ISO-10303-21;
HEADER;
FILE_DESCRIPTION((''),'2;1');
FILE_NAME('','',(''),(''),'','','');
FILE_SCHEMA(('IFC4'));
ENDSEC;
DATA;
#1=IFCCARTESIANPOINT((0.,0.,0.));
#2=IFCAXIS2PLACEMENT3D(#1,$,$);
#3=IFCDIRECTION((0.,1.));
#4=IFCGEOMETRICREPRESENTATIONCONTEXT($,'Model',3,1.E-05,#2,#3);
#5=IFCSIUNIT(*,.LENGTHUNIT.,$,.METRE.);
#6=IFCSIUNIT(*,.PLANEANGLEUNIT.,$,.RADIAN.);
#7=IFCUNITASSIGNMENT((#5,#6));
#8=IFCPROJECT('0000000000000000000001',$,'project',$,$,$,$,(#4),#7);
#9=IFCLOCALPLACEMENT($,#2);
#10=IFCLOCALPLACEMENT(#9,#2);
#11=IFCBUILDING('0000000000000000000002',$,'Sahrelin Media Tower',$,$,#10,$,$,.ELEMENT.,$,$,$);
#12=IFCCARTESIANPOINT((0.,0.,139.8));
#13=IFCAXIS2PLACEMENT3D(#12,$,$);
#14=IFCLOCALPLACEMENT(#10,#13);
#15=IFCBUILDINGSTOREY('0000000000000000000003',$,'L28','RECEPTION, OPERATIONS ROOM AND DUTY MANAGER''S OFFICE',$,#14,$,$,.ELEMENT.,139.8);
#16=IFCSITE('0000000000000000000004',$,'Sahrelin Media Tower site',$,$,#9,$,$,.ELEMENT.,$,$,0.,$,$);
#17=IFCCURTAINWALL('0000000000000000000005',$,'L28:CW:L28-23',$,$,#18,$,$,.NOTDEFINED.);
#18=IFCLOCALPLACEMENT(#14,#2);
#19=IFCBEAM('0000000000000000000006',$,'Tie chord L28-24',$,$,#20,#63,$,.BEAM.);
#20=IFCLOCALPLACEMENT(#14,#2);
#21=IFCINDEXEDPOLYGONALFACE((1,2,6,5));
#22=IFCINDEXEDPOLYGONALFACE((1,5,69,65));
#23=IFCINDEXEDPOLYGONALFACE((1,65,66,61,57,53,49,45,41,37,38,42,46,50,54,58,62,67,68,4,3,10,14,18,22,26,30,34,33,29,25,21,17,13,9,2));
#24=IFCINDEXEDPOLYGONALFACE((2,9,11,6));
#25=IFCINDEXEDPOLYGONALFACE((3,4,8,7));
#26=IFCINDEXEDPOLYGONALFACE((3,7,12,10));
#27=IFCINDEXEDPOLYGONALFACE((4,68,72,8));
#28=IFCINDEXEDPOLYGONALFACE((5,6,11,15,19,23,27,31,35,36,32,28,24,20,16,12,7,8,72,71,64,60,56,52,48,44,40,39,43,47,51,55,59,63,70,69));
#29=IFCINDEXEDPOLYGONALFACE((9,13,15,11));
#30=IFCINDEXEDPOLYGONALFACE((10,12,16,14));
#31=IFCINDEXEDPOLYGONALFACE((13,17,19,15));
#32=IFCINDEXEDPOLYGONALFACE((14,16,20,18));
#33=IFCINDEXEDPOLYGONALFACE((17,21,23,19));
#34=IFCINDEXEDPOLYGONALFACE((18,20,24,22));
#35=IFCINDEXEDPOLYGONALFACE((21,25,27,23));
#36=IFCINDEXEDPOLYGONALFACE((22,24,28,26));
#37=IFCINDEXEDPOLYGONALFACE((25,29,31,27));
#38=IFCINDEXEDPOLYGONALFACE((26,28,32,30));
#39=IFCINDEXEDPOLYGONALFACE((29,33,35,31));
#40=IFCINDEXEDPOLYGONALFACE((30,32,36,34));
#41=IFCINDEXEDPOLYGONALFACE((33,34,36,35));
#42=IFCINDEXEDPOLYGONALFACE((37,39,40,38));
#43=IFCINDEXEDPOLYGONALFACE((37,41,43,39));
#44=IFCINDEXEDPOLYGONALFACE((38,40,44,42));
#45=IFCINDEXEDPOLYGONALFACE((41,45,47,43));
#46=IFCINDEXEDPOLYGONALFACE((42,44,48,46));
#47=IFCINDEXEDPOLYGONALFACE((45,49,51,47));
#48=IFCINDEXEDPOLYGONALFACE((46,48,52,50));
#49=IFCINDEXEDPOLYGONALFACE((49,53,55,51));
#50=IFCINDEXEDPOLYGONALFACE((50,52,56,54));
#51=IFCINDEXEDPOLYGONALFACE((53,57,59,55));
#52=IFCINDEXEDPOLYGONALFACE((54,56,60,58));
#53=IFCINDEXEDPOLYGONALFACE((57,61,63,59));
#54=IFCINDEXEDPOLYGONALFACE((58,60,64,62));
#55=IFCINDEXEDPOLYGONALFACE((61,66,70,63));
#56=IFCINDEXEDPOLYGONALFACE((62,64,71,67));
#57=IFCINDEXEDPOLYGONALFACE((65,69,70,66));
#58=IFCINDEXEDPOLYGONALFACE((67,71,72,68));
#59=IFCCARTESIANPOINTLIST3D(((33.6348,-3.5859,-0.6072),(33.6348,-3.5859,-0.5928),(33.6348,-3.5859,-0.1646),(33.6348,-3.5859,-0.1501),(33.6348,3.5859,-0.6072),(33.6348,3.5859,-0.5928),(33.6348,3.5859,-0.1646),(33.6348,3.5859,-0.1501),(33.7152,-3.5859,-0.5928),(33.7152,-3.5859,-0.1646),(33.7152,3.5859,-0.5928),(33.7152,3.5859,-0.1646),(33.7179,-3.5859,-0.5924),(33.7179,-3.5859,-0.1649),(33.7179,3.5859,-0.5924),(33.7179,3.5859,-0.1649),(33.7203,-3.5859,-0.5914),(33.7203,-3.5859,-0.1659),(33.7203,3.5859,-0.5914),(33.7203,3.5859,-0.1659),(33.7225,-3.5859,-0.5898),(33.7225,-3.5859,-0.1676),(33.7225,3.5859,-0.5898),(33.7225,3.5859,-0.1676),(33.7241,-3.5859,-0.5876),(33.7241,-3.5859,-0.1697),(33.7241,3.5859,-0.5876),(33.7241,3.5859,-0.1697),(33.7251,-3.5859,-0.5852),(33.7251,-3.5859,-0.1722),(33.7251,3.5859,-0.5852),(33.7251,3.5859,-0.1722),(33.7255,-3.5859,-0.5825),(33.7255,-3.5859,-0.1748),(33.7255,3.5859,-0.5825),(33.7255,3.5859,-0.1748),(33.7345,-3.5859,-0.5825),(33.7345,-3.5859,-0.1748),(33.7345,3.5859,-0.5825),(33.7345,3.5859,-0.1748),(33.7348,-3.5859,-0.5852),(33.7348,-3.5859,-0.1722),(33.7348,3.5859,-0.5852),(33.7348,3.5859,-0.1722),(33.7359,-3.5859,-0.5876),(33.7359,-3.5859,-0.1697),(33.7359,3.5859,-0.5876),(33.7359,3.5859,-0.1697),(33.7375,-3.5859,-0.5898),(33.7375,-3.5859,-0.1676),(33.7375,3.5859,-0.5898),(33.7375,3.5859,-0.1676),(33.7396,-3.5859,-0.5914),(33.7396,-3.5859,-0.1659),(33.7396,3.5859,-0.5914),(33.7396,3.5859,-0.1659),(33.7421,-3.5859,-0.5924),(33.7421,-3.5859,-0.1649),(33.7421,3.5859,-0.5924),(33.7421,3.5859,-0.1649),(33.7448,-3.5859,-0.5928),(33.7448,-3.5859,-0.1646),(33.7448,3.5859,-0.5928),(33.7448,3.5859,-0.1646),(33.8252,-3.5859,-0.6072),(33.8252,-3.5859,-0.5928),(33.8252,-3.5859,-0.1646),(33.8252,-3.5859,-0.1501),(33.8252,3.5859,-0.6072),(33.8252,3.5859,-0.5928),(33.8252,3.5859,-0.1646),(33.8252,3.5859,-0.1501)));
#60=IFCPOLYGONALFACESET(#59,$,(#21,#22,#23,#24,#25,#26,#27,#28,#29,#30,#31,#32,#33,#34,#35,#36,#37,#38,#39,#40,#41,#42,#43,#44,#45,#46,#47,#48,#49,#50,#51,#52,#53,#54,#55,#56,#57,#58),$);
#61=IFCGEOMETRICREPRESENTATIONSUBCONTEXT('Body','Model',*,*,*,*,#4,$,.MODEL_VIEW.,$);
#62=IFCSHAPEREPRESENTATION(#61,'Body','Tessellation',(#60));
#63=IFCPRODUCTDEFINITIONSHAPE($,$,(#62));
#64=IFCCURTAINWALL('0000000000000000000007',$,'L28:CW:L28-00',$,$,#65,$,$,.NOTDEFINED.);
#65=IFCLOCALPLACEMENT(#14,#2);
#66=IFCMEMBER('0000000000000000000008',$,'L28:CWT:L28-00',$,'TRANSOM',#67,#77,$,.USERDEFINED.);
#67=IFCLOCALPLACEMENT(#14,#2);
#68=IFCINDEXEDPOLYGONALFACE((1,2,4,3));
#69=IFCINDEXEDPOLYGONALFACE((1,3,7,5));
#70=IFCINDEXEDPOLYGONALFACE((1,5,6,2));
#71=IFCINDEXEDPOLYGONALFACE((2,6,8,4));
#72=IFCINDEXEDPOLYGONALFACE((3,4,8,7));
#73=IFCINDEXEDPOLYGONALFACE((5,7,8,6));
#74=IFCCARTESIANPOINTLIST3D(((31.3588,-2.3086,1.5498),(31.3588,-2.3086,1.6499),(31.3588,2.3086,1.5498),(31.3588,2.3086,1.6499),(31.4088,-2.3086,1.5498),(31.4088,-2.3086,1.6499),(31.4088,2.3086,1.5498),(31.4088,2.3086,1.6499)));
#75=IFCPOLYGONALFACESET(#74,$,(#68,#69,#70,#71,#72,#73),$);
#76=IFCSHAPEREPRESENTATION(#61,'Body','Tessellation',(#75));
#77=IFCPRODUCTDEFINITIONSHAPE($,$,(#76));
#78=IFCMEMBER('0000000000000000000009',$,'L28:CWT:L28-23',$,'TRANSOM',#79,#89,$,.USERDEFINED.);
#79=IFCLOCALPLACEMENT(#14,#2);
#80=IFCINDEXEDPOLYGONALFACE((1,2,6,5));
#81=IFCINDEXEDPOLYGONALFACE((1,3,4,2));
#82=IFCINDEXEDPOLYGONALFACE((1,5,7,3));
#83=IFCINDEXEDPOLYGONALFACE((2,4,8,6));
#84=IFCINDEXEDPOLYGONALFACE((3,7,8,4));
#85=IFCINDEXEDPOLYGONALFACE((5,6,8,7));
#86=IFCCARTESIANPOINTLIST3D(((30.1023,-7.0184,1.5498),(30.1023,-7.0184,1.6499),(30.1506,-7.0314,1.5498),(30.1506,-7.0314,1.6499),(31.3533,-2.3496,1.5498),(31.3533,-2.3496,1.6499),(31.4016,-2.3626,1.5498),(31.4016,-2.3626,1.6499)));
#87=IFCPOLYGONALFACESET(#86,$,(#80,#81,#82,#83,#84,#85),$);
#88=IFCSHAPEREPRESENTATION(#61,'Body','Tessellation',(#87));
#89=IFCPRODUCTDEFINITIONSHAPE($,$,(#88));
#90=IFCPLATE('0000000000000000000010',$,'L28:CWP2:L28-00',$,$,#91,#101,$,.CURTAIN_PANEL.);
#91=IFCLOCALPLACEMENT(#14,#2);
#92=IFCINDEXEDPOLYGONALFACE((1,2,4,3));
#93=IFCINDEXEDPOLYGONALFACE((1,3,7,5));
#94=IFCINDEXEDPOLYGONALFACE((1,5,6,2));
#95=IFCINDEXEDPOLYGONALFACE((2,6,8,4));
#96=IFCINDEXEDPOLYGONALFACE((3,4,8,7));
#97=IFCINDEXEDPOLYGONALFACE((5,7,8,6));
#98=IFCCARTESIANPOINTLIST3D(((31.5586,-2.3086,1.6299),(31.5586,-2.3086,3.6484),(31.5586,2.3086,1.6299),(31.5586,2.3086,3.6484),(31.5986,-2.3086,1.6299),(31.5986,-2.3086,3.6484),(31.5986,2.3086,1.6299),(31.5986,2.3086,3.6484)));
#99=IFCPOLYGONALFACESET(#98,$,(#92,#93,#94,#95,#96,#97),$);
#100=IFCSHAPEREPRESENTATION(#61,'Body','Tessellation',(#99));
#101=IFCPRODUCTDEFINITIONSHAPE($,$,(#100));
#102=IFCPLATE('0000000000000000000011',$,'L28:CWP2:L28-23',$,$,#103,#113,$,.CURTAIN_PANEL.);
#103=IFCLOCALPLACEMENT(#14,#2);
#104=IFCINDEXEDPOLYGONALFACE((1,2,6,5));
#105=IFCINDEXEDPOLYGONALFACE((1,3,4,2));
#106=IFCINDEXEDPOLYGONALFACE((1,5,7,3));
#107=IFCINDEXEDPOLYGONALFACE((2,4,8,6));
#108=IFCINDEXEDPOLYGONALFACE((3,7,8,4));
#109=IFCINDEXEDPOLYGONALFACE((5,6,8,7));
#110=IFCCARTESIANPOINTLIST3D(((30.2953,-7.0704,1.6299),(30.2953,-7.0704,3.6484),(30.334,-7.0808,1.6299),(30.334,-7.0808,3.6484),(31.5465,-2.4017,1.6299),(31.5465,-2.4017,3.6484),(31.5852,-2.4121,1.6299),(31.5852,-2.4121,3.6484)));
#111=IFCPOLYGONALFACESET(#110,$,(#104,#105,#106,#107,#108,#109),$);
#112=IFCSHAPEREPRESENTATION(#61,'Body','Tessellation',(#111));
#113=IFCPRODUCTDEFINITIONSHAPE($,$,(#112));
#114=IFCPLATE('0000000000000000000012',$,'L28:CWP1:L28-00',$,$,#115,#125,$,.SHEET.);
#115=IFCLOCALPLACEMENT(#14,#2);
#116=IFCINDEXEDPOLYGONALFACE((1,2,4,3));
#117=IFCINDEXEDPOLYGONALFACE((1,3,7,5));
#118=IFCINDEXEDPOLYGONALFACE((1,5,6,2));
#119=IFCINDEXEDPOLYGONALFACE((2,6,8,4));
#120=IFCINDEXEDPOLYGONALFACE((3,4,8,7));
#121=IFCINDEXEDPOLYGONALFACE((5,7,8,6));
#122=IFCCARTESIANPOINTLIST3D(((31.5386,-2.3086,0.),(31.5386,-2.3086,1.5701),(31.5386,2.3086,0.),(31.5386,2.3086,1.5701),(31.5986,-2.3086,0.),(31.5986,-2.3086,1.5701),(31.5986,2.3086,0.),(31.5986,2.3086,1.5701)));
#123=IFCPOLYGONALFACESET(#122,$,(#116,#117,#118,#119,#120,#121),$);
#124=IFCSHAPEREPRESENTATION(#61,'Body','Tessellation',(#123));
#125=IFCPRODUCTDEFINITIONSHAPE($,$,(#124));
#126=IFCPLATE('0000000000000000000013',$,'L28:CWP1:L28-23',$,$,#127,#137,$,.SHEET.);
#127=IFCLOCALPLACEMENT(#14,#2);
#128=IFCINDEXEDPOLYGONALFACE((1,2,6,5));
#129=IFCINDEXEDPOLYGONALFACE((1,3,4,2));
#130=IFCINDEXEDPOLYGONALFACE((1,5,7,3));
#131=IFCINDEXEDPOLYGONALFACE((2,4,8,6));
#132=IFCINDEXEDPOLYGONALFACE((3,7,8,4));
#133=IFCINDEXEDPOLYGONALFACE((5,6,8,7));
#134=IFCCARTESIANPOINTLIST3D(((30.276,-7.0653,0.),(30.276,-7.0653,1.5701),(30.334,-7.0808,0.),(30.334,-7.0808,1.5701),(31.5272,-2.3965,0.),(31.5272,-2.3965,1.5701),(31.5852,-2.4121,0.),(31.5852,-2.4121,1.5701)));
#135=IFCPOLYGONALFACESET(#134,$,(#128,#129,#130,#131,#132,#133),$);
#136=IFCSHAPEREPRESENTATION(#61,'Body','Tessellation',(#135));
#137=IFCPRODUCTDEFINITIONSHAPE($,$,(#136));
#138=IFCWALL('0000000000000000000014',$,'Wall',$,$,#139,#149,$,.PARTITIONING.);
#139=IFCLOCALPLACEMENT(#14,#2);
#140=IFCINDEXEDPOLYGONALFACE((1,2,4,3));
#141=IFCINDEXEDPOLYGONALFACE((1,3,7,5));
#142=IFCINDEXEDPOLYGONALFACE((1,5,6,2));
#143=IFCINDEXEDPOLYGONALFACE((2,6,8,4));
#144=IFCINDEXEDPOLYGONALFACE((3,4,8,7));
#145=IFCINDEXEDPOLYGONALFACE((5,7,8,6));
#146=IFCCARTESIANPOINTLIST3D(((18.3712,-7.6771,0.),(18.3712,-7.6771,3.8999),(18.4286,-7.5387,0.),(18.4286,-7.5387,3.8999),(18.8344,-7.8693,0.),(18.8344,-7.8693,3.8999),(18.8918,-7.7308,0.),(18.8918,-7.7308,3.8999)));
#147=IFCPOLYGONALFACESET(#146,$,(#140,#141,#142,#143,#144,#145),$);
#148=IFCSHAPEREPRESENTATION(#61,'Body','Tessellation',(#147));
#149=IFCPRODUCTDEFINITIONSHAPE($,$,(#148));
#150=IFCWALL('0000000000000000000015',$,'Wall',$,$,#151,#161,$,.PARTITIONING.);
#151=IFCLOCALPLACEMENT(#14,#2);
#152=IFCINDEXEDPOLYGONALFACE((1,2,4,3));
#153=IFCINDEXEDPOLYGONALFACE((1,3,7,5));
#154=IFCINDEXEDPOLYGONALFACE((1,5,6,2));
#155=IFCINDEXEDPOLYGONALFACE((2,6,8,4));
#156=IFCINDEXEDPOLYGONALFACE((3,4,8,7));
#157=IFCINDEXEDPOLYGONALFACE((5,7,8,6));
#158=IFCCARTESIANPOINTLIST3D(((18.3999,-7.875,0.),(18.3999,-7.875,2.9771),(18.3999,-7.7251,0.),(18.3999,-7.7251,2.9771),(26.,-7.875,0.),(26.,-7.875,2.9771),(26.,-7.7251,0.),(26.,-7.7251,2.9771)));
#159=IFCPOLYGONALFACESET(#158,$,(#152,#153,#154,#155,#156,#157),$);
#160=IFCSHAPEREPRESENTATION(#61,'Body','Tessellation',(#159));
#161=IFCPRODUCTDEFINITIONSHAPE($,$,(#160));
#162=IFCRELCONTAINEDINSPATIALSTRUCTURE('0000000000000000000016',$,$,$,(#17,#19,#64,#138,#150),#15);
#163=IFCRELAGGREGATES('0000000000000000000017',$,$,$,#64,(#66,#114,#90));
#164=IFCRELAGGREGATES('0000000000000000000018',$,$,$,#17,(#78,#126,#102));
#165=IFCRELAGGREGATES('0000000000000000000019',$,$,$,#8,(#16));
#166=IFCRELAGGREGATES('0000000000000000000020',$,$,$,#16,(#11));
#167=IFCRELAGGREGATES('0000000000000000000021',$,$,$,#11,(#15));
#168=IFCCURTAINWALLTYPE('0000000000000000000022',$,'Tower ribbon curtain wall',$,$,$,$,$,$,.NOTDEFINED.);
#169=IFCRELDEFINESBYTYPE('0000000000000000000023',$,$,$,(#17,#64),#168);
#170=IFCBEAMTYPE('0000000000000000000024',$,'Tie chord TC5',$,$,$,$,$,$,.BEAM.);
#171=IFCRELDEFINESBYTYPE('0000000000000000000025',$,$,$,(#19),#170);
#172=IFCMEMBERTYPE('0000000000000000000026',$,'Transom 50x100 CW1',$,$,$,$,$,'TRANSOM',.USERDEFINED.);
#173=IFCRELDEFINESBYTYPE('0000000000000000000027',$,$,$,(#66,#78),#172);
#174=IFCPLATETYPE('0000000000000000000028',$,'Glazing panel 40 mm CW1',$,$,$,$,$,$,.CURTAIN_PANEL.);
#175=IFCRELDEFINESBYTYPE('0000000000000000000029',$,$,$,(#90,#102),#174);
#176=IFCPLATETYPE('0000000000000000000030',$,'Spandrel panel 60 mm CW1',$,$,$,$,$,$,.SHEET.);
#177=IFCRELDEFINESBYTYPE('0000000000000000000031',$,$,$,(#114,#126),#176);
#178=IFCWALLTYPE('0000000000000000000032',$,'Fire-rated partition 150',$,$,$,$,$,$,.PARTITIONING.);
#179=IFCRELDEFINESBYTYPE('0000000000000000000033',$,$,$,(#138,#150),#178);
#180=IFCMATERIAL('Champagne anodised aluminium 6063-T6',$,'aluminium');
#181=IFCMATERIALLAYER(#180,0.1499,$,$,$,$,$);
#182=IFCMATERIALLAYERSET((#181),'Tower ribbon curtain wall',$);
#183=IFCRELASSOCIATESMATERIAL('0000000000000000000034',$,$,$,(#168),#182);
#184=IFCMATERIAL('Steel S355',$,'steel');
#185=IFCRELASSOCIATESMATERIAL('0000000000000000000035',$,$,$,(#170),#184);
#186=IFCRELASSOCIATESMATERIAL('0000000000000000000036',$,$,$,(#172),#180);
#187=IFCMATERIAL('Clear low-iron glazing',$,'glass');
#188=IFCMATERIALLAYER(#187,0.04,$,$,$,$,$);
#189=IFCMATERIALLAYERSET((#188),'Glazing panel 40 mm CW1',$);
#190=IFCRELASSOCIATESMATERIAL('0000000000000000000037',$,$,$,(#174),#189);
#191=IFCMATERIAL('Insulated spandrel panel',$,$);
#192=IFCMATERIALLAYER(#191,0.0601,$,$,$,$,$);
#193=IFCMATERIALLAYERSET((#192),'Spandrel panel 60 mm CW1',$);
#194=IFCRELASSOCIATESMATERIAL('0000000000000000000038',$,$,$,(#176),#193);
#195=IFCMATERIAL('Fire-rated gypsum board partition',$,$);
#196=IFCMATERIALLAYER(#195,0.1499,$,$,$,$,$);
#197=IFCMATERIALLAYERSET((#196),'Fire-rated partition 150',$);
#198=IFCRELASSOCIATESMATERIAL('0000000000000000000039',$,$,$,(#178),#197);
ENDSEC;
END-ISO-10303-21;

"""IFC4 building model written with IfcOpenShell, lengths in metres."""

from ifc_helpers import new_model, si_unit, direction, frame, frame_2d, origin, origin_2d, place, context, subcontext, project, spatial, polyline, rectangle, i_section, outline, extrude, material, layer, layer_set, material_profile, profile_set, type_object, element, aggregate, save


model = new_model("IFC4")

# Units and contexts
model_context = context("Model", 3, precision=1e-05, world=origin(), true_north=direction((0.0, 1.0)))
body_context = subcontext(model_context, "Body", "Model", "MODEL_VIEW")
ifc_project = project(units=[si_unit("LENGTHUNIT", "METRE"), si_unit("PLANEANGLEUNIT", "RADIAN")], contexts=[model_context])

# Site, building, storey
site_placement = place(None, origin())
site = spatial("IfcSite", under=ifc_project, at=site_placement, Name="Sahrelin Media Tower site", CompositionType="ELEMENT", RefElevation=0.0)
building_placement = place(site_placement, origin())
building = spatial("IfcBuilding", under=site, at=building_placement, Name="Sahrelin Media Tower", CompositionType="ELEMENT")
storey_placement = place(building_placement, frame((0.0, 0.0, 139.8)))
storey = spatial("IfcBuildingStorey", under=building, at=storey_placement, Name="L28", Description="RECEPTION, OPERATIONS ROOM AND DUTY MANAGER'S OFFICE", CompositionType="ELEMENT", Elevation=139.8)

# Shared definitions
ifc_material_1 = material(Name="Steel S355", Category="steel")

# Curtain wall
ifc_material_2 = material(Name="Champagne anodised aluminium 6063-T6", Category="aluminium")
ifc_layer_1 = layer(ifc_material_2, 0.1499)
ifc_layer_set_1 = layer_set([ifc_layer_1], Name="Tower ribbon curtain wall")
curtain_wall_type = type_object("IfcCurtainWallType", Name="Tower ribbon curtain wall", PredefinedType="NOTDEFINED", material=ifc_layer_set_1)
curtain_wall_1_placement = place(storey_placement, frame((30.9402, -4.7412, 0.0), z_axis=(0.0, 0.0, 1.0), x_axis=(1.0, 0.0, 0.0)))
curtain_wall_1 = element("IfcCurtainWall", 1, at=curtain_wall_1_placement, inside=storey, type_object=curtain_wall_type, Name="L28:CW:L28-23", PredefinedType="NOTDEFINED")

# Beam
ifc_material_profile_1 = material_profile(ifc_material_1, i_section(OverallWidth=0.1904, OverallDepth=0.457, WebThickness=0.009, FlangeThickness=0.0144, FilletRadius=0.0103, at=origin_2d()), Name="UB 457x191x74")
ifc_profile_set_1 = profile_set([ifc_material_profile_1], Name="Steel S355")
beam_type_1 = type_object("IfcBeamType", Name="Tie chord TC5", PredefinedType="BEAM", material=ifc_profile_set_1)
beam_1_placement = place(storey_placement, frame((33.73, -3.5859, -0.3787), z_axis=(0.0, 1.0, 0.0), x_axis=(-1.0, 0.0, 0.0)))
element("IfcBeam", 2, at=beam_1_placement, inside=storey, type_object=beam_type_1, Name="Tie chord L28-24", PredefinedType="BEAM", context=body_context, shape_type="SweptSolid", body=[
    extrude(i_section(OverallWidth=0.1904, OverallDepth=0.457, WebThickness=0.009, FlangeThickness=0.0144, FilletRadius=0.0103, at=origin_2d()), origin(), (0.0, 0.0, 1.0), 7.1719),
])

# Curtain wall, member
curtain_wall_2_placement = place(storey_placement, frame((31.5786, 0.0, 0.0), z_axis=(0.0, 0.0, 1.0), x_axis=(1.0, 0.0, 0.0)))
curtain_wall_2 = element("IfcCurtainWall", 3, at=curtain_wall_2_placement, inside=storey, type_object=curtain_wall_type, Name="L28:CW:L28-00", PredefinedType="NOTDEFINED")
ifc_material_profile_2 = material_profile(ifc_material_2, rectangle(XDim=0.05, YDim=0.1001, at=origin_2d()), Name="Transom 50x100")
ifc_profile_set_2 = profile_set([ifc_material_profile_2], Name="Champagne anodised aluminium 6063-T6")
member_type_1 = type_object("IfcMemberType", Name="Transom 50x100 CW1", ElementType="TRANSOM", PredefinedType="USERDEFINED", material=ifc_profile_set_2)
member_1_placement = place(storey_placement, frame((31.3838, -2.3086, 1.5999), z_axis=(0.0, 1.0, 0.0), x_axis=(-1.0, 0.0, 0.0)))
member_1 = element("IfcMember", 4, at=member_1_placement, type_object=member_type_1, Name="L28:CWT:L28-00", ObjectType="TRANSOM", PredefinedType="USERDEFINED", context=body_context, shape_type="SweptSolid", body=[
    extrude(rectangle(XDim=0.05, YDim=0.1001, at=origin_2d()), origin(), (0.0, 0.0, 1.0), 4.6172),
])

# Member
member_2_placement = place(storey_placement, frame((30.1265, -7.0249, 1.5999), z_axis=(0.258819, 0.965926, 0.0), x_axis=(-0.965926, 0.258819, 0.0)))
member_2 = element("IfcMember", 5, at=member_2_placement, type_object=member_type_1, Name="L28:CWT:L28-23", ObjectType="TRANSOM", PredefinedType="USERDEFINED", context=body_context, shape_type="SweptSolid", body=[
    extrude(rectangle(XDim=0.05, YDim=0.1001, at=origin_2d()), origin(), (0.0, 0.0, 1.0), 4.8335),
])

# Plates
ifc_material_3 = material(Name="Clear low-iron glazing", Category="glass")
ifc_layer_2 = layer(ifc_material_3, 0.04)
ifc_layer_set_2 = layer_set([ifc_layer_2], Name="Glazing panel 40 mm CW1")
plate_type_1 = type_object("IfcPlateType", Name="Glazing panel 40 mm CW1", PredefinedType="CURTAIN_PANEL", material=ifc_layer_set_2)
plate_1_placement = place(storey_placement, frame((31.5986, -2.3086, 1.6299), z_axis=(1.0, 0.0, 0.0), x_axis=(0.0, 1.0, 0.0)))
plate_1 = element("IfcPlate", 6, at=plate_1_placement, type_object=plate_type_1, Name="L28:CWP2:L28-00", PredefinedType="CURTAIN_PANEL", context=body_context, shape_type="SweptSolid", body=[
    extrude(outline(polyline([(0.0, 0.0), (4.6172, 0.0), (4.6172, 2.0186), (0.0, 2.0186), (0.0, 0.0)])), origin(), (0.0, 0.0, -1.0), 0.04),
])
plate_2_placement = place(storey_placement, frame((30.334, -7.0808, 1.6299), z_axis=(0.965913, -0.258867, 0.0), x_axis=(0.258867, 0.965913, 0.0)))
plate_2 = element("IfcPlate", 7, at=plate_2_placement, type_object=plate_type_1, Name="L28:CWP2:L28-23", PredefinedType="CURTAIN_PANEL", context=body_context, shape_type="SweptSolid", body=[
    extrude(outline(polyline([(0.0, 0.0), (4.8335, 0.0), (4.8335, 2.0186), (0.0, 2.0186), (0.0, 0.0)])), origin(), (0.0, 0.0, -1.0), 0.04),
])
ifc_material_4 = material(Name="Insulated spandrel panel")
ifc_layer_3 = layer(ifc_material_4, 0.0601)
ifc_layer_set_3 = layer_set([ifc_layer_3], Name="Spandrel panel 60 mm CW1")
plate_type_2 = type_object("IfcPlateType", Name="Spandrel panel 60 mm CW1", PredefinedType="SHEET", material=ifc_layer_set_3)
plate_3_placement = place(storey_placement, frame((31.5986, -2.3086, 0.0), z_axis=(1.0, 0.0, 0.0), x_axis=(0.0, 1.0, 0.0)))
plate_3 = element("IfcPlate", 8, at=plate_3_placement, type_object=plate_type_2, Name="L28:CWP1:L28-00", PredefinedType="SHEET", context=body_context, shape_type="SweptSolid", body=[
    extrude(outline(polyline([(0.0, 0.0), (4.6172, 0.0), (4.6172, 1.5701), (0.0, 1.5701), (0.0, 0.0)])), origin(), (0.0, 0.0, -1.0), 0.0601),
])
aggregate(curtain_wall_2, [member_1, plate_3, plate_1])
plate_4_placement = place(storey_placement, frame((30.334, -7.0808, 0.0), z_axis=(0.965913, -0.258867, 0.0), x_axis=(0.258867, 0.965913, 0.0)))
plate_4 = element("IfcPlate", 9, at=plate_4_placement, type_object=plate_type_2, Name="L28:CWP1:L28-23", PredefinedType="SHEET", context=body_context, shape_type="SweptSolid", body=[
    extrude(outline(polyline([(0.0, 0.0), (4.8335, 0.0), (4.8335, 1.5701), (0.0, 1.5701), (0.0, 0.0)])), origin(), (0.0, 0.0, -1.0), 0.0601),
])
aggregate(curtain_wall_1, [member_2, plate_4, plate_2])

# Walls
ifc_material_5 = material(Name="Fire-rated gypsum board partition")
ifc_layer_4 = layer(ifc_material_5, 0.1499)
ifc_layer_set_4 = layer_set([ifc_layer_4], Name="Fire-rated partition 150")
wall_type_1 = type_object("IfcWallType", Name="Fire-rated partition 150", PredefinedType="PARTITIONING", material=ifc_layer_set_4)
wall_1_placement = place(storey_placement, frame((18.3999, -7.6079, 0.0), z_axis=(0.0, 0.0, 1.0), x_axis=(0.923666, -0.383197, 0.0)))
element("IfcWall", 10, at=wall_1_placement, inside=storey, type_object=wall_type_1, Name="Wall", PredefinedType="PARTITIONING", context=body_context, shape_type="SweptSolid", body=[
    extrude(rectangle(XDim=0.5015, YDim=0.1499, at=frame_2d((0.2507, 0.0))), origin(), (0.0, 0.0, 1.0), 3.8999),
])
wall_2_placement = place(storey_placement, frame((18.3999, -7.8, 0.0), z_axis=(0.0, 0.0, 1.0), x_axis=(1.0, 0.0, 0.0)))
element("IfcWall", 11, at=wall_2_placement, inside=storey, type_object=wall_type_1, Name="Wall", PredefinedType="PARTITIONING", context=body_context, shape_type="SweptSolid", body=[
    extrude(rectangle(XDim=7.6001, YDim=0.1499, at=frame_2d((3.8, 0.0))), origin(), (0.0, 0.0, 1.0), 2.9771),
])

save(model, "model.ifc")
